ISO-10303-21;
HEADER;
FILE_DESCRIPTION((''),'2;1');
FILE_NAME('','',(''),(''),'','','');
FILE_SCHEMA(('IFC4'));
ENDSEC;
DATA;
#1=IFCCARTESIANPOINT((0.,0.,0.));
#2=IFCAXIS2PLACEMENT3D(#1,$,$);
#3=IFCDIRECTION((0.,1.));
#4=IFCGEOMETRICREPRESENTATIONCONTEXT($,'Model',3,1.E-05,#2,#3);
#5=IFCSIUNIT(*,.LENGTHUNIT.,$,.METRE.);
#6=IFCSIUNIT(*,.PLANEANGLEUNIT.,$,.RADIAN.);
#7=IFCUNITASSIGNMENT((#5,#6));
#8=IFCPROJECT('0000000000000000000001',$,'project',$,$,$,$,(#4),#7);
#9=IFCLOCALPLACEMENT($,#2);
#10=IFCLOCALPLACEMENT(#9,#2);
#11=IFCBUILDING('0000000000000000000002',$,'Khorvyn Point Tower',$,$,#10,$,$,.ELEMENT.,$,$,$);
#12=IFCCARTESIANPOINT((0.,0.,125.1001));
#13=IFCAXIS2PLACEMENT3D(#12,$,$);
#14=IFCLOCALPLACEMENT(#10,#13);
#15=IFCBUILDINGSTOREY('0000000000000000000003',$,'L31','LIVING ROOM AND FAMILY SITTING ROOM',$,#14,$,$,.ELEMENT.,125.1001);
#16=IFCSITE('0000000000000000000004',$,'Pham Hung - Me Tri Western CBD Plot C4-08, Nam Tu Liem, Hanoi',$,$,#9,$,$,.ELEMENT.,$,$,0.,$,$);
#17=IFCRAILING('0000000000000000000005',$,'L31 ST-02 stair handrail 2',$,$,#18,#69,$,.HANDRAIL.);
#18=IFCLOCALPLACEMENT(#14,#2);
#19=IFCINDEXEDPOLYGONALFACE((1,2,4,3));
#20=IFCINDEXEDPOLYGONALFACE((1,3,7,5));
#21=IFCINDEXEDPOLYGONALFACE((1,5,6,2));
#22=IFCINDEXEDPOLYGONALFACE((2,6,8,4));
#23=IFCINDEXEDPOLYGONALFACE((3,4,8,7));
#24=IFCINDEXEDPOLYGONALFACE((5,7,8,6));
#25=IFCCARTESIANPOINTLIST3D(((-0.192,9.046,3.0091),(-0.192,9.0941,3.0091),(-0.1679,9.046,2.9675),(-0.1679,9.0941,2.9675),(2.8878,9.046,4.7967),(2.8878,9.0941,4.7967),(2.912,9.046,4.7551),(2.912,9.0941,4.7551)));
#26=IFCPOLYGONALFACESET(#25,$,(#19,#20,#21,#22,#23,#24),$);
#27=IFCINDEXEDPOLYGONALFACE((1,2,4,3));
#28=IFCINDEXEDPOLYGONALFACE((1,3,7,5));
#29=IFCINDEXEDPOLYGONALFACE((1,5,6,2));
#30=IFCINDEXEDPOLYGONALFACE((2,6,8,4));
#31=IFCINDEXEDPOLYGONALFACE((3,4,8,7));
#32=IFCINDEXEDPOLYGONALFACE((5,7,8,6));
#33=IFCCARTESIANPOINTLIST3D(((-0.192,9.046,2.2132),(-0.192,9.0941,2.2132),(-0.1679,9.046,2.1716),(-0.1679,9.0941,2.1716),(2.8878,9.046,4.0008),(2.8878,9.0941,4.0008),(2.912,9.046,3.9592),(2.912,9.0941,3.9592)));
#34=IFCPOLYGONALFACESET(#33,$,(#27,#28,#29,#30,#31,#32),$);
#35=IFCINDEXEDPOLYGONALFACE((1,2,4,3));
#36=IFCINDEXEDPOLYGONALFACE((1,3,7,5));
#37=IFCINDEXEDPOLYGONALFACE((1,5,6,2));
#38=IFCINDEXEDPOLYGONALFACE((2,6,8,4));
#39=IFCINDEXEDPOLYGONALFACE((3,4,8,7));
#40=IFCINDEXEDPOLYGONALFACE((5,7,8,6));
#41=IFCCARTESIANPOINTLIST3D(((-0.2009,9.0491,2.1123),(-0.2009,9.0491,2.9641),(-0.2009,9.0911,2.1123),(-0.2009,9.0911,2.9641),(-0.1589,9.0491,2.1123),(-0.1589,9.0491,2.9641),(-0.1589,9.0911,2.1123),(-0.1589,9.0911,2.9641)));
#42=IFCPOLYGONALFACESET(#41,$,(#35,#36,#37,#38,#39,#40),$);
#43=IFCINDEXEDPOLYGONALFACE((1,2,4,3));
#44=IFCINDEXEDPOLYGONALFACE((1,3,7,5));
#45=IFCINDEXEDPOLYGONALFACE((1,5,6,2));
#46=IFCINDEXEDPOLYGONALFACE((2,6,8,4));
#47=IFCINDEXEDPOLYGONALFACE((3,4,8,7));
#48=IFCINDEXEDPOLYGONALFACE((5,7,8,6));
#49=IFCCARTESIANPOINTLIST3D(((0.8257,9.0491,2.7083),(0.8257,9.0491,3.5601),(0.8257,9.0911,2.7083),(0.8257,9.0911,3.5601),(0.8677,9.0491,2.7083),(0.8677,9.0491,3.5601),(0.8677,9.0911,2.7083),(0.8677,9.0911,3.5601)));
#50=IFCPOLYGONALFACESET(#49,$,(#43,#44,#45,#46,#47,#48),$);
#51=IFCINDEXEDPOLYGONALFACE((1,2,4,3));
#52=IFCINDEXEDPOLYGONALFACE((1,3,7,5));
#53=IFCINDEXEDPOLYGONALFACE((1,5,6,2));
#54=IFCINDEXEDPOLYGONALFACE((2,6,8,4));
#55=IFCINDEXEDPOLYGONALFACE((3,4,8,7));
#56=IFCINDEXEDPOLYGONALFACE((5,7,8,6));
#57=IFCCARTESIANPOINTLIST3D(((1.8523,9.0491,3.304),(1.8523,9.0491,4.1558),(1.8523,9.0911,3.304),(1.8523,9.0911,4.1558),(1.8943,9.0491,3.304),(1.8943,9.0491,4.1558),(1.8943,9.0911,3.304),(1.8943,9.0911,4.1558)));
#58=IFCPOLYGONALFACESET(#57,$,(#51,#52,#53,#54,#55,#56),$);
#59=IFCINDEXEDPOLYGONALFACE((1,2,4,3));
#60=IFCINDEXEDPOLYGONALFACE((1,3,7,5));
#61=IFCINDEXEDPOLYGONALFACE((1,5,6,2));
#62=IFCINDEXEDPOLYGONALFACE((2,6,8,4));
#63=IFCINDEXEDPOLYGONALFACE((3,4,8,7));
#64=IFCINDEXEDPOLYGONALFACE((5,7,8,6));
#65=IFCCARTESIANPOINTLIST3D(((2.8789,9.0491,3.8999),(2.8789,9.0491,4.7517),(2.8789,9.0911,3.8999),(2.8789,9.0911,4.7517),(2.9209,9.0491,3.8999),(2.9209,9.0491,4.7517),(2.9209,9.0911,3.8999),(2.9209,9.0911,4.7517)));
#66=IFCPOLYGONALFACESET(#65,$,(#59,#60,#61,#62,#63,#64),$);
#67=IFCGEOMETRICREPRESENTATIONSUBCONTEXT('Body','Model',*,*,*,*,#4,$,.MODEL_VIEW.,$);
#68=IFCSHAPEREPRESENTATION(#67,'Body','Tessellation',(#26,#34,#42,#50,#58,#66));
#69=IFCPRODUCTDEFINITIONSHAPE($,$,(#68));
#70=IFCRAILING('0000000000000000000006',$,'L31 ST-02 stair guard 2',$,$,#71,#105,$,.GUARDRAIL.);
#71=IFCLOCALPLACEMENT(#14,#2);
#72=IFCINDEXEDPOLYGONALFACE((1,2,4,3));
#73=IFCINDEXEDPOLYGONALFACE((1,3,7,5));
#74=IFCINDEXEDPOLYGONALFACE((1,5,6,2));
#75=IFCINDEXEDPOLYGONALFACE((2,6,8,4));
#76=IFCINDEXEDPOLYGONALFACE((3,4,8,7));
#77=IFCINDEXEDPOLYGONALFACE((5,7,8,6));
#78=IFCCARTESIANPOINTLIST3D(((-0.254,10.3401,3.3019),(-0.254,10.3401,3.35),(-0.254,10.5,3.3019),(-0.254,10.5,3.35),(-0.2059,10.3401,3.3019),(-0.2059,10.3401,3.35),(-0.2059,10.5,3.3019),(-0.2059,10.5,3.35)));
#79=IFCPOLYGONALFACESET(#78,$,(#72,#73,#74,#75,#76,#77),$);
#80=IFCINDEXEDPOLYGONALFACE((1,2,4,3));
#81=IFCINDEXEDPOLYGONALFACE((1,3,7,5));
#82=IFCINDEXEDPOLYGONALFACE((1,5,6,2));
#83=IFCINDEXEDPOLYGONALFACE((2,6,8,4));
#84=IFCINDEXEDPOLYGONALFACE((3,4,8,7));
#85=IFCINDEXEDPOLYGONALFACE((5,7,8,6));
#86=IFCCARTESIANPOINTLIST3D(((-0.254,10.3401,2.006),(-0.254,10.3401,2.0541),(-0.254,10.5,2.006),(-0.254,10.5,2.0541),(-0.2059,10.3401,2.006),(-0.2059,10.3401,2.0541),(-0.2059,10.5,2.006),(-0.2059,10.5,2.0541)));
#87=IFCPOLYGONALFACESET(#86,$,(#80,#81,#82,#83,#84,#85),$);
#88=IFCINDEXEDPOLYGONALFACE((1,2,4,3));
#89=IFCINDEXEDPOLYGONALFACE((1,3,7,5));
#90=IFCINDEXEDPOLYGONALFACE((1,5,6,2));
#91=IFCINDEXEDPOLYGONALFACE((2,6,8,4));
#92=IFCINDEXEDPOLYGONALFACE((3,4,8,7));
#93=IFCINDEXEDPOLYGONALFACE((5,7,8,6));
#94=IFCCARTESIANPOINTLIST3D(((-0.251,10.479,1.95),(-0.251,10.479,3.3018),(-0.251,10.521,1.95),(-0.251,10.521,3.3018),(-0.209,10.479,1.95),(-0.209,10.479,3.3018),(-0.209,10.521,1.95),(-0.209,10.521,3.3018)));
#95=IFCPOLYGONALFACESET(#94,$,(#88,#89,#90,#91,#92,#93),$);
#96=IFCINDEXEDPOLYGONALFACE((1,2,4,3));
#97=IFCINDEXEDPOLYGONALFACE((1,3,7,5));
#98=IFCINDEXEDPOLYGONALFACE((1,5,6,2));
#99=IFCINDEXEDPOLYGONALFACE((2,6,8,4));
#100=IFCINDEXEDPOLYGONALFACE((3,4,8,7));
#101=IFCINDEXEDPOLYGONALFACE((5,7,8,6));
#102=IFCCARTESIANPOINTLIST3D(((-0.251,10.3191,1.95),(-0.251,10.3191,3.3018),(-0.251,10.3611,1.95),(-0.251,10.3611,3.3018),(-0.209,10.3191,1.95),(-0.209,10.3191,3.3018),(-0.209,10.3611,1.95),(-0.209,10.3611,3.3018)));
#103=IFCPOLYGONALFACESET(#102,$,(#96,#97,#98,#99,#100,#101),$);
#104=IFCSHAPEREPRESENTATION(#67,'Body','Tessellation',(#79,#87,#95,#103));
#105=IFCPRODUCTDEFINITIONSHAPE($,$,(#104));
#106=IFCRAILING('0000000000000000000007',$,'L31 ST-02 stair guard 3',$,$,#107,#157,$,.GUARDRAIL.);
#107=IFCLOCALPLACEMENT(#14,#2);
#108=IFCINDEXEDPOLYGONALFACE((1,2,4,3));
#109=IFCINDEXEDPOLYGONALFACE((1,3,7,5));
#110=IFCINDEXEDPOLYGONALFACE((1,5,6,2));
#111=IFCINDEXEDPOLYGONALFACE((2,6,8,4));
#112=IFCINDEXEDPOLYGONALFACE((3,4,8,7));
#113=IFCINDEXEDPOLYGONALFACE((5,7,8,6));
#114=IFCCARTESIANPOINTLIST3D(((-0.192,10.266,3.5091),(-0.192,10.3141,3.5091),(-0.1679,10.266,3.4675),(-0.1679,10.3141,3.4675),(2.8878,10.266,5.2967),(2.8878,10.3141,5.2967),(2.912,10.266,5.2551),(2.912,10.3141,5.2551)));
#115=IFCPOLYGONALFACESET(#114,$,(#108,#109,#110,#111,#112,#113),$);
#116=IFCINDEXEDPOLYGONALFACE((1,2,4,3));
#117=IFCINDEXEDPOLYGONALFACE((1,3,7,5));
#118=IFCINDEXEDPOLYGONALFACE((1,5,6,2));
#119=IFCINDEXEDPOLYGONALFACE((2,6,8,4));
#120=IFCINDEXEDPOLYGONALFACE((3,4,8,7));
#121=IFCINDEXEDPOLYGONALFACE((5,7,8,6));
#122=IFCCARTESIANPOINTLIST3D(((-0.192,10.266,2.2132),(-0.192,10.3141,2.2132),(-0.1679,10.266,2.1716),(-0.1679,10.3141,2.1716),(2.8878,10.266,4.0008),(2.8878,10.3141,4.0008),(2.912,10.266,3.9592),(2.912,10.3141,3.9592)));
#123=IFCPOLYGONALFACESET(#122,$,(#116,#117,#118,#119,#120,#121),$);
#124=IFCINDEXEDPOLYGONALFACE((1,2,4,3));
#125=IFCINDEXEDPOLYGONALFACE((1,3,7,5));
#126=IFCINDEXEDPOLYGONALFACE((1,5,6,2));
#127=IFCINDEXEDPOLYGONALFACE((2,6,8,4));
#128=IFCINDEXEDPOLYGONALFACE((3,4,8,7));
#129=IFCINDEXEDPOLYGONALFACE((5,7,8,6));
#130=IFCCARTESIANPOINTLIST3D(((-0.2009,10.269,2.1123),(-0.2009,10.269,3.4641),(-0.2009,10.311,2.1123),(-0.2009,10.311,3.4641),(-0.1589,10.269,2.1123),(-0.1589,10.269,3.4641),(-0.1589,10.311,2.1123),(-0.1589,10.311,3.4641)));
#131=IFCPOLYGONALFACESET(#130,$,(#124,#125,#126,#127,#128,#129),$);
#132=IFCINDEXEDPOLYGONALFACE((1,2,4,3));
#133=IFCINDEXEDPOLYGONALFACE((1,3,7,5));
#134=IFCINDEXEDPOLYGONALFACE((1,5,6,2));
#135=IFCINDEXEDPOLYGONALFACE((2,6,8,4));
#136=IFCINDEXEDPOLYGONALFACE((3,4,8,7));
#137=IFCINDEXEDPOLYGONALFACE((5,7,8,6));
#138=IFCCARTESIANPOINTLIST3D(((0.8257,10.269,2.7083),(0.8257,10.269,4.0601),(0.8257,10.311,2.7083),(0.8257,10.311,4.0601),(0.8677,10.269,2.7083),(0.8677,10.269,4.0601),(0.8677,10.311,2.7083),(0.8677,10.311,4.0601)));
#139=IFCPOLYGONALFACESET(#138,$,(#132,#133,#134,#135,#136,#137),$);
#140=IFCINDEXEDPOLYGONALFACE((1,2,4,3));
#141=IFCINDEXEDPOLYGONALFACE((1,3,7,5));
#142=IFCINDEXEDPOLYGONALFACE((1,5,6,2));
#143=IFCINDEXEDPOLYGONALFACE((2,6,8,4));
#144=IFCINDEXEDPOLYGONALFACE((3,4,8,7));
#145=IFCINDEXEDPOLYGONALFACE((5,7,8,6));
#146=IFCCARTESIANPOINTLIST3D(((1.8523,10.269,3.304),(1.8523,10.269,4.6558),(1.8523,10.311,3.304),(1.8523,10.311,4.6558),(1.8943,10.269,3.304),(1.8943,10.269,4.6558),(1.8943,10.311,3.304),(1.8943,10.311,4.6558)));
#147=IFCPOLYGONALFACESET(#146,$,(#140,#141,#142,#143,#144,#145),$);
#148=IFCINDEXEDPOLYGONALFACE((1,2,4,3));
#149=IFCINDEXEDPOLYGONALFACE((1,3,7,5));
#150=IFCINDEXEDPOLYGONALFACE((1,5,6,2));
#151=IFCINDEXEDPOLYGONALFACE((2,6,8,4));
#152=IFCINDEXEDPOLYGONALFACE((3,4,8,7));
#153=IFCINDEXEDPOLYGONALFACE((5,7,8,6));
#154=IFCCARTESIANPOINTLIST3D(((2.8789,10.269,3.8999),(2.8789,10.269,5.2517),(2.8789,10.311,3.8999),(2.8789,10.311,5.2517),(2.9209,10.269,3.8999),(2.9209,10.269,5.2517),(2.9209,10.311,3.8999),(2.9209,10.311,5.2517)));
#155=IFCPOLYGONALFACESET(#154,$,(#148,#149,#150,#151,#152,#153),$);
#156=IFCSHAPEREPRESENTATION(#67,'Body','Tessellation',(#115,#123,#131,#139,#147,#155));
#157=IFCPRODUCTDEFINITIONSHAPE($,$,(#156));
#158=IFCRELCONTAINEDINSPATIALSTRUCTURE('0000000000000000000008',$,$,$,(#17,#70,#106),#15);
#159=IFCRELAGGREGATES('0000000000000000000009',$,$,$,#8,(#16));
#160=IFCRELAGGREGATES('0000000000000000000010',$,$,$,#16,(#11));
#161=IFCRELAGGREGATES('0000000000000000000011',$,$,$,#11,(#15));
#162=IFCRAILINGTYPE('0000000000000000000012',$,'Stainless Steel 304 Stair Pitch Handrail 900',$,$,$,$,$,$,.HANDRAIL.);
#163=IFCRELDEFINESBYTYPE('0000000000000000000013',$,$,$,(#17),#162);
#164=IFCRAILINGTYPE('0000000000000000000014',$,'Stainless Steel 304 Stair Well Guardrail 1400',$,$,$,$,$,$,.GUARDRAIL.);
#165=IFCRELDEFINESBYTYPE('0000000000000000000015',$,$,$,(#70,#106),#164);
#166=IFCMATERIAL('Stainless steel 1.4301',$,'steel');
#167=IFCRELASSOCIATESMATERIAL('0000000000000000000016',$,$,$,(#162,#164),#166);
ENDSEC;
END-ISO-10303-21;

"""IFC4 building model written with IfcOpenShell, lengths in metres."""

from ifc_helpers import new_model, si_unit, direction, frame, origin, origin_2d, place, context, subcontext, project, spatial, rectangle, extrude, material, type_object, element, save


model = new_model("IFC4")

# Units and contexts
model_context = context("Model", 3, precision=1e-05, world=origin(), true_north=direction((0.0, 1.0)))
body_context = subcontext(model_context, "Body", "Model", "MODEL_VIEW")
ifc_project = project(units=[si_unit("LENGTHUNIT", "METRE"), si_unit("PLANEANGLEUNIT", "RADIAN")], contexts=[model_context])

# Site, building, storey
site_placement = place(None, origin())
site = spatial("IfcSite", under=ifc_project, at=site_placement, Name="Pham Hung - Me Tri Western CBD Plot C4-08, Nam Tu Liem, Hanoi", CompositionType="ELEMENT", RefElevation=0.0)
building_placement = place(site_placement, origin())
building = spatial("IfcBuilding", under=site, at=building_placement, Name="Khorvyn Point Tower", CompositionType="ELEMENT")
storey_placement = place(building_placement, frame((0.0, 0.0, 125.1001)))
storey = spatial("IfcBuildingStorey", under=building, at=storey_placement, Name="L31", Description="LIVING ROOM AND FAMILY SITTING ROOM", CompositionType="ELEMENT", Elevation=125.1001)

# Shared definitions
ifc_material_1 = material(Name="Stainless steel 1.4301", Category="steel")

# Railings
railing_type_1 = type_object("IfcRailingType", Name="Stainless Steel 304 Stair Pitch Handrail 900", PredefinedType="HANDRAIL", material=ifc_material_1)
railing_1_placement = place(storey_placement, frame((-0.1799, 9.0701, 2.1123)))
element("IfcRailing", 1, at=railing_1_placement, inside=storey, type_object=railing_type_1, Name="L31 ST-02 stair handrail 2", PredefinedType="HANDRAIL", context=body_context, shape_type="SweptSolid", body=[
    extrude(rectangle(XDim=0.0481, YDim=0.0481, at=origin_2d()), frame((0.0, 0.0, 0.876), z_axis=(0.864873, 0.0, 0.50199), x_axis=(0.0, 1.0, 0.0)), (0.0, 0.0, 1.0), 3.561),
    extrude(rectangle(XDim=0.0481, YDim=0.0481, at=origin_2d()), frame((0.0, 0.0, 0.0801), z_axis=(0.864873, 0.0, 0.50199), x_axis=(0.0, 1.0, 0.0)), (0.0, 0.0, 1.0), 3.561),
    extrude(rectangle(XDim=0.042, YDim=0.042, at=origin_2d()), origin(), (0.0, 0.0, 1.0), 0.8518),
    extrude(rectangle(XDim=0.042, YDim=0.042, at=origin_2d()), frame((1.0266, 0.0, 0.5959)), (0.0, 0.0, 1.0), 0.8518),
    extrude(rectangle(XDim=0.042, YDim=0.042, at=origin_2d()), frame((2.0532, 0.0, 1.1917)), (0.0, 0.0, 1.0), 0.8518),
    extrude(rectangle(XDim=0.042, YDim=0.042, at=origin_2d()), frame((3.0798, 0.0, 1.7876)), (0.0, 0.0, 1.0), 0.8518),
])
railing_type_2 = type_object("IfcRailingType", Name="Stainless Steel 304 Stair Well Guardrail 1400", PredefinedType="GUARDRAIL", material=ifc_material_1)
railing_2_placement = place(storey_placement, frame((-0.23, 10.5, 1.95)))
element("IfcRailing", 2, at=railing_2_placement, inside=storey, type_object=railing_type_2, Name="L31 ST-02 stair guard 2", PredefinedType="GUARDRAIL", context=body_context, shape_type="SweptSolid", body=[
    extrude(rectangle(XDim=0.0481, YDim=0.0481, at=origin_2d()), frame((0.0, 0.0, 1.376), z_axis=(0.0, -1.0, 0.0), x_axis=(1.0, 0.0, 0.0)), (0.0, 0.0, 1.0), 0.1599),
    extrude(rectangle(XDim=0.0481, YDim=0.0481, at=origin_2d()), frame((0.0, 0.0, 0.0801), z_axis=(0.0, -1.0, 0.0), x_axis=(1.0, 0.0, 0.0)), (0.0, 0.0, 1.0), 0.1599),
    extrude(rectangle(XDim=0.042, YDim=0.042, at=origin_2d()), origin(), (0.0, 0.0, 1.0), 1.3518),
    extrude(rectangle(XDim=0.042, YDim=0.042, at=origin_2d()), frame((0.0, -0.1599, 0.0)), (0.0, 0.0, 1.0), 1.3518),
])
railing_3_placement = place(storey_placement, frame((-0.1799, 10.29, 2.1123)))
element("IfcRailing", 3, at=railing_3_placement, inside=storey, type_object=railing_type_2, Name="L31 ST-02 stair guard 3", PredefinedType="GUARDRAIL", context=body_context, shape_type="SweptSolid", body=[
    extrude(rectangle(XDim=0.0481, YDim=0.0481, at=origin_2d()), frame((0.0, 0.0, 1.376), z_axis=(0.864873, 0.0, 0.50199), x_axis=(0.0, 1.0, 0.0)), (0.0, 0.0, 1.0), 3.561),
    extrude(rectangle(XDim=0.0481, YDim=0.0481, at=origin_2d()), frame((0.0, 0.0, 0.0801), z_axis=(0.864873, 0.0, 0.50199), x_axis=(0.0, 1.0, 0.0)), (0.0, 0.0, 1.0), 3.561),
    extrude(rectangle(XDim=0.042, YDim=0.042, at=origin_2d()), origin(), (0.0, 0.0, 1.0), 1.3518),
    extrude(rectangle(XDim=0.042, YDim=0.042, at=origin_2d()), frame((1.0266, 0.0, 0.5959)), (0.0, 0.0, 1.0), 1.3518),
    extrude(rectangle(XDim=0.042, YDim=0.042, at=origin_2d()), frame((2.0532, 0.0, 1.1917)), (0.0, 0.0, 1.0), 1.3518),
    extrude(rectangle(XDim=0.042, YDim=0.042, at=origin_2d()), frame((3.0798, 0.0, 1.7876)), (0.0, 0.0, 1.0), 1.3518),
])

save(model, "model.ifc")
